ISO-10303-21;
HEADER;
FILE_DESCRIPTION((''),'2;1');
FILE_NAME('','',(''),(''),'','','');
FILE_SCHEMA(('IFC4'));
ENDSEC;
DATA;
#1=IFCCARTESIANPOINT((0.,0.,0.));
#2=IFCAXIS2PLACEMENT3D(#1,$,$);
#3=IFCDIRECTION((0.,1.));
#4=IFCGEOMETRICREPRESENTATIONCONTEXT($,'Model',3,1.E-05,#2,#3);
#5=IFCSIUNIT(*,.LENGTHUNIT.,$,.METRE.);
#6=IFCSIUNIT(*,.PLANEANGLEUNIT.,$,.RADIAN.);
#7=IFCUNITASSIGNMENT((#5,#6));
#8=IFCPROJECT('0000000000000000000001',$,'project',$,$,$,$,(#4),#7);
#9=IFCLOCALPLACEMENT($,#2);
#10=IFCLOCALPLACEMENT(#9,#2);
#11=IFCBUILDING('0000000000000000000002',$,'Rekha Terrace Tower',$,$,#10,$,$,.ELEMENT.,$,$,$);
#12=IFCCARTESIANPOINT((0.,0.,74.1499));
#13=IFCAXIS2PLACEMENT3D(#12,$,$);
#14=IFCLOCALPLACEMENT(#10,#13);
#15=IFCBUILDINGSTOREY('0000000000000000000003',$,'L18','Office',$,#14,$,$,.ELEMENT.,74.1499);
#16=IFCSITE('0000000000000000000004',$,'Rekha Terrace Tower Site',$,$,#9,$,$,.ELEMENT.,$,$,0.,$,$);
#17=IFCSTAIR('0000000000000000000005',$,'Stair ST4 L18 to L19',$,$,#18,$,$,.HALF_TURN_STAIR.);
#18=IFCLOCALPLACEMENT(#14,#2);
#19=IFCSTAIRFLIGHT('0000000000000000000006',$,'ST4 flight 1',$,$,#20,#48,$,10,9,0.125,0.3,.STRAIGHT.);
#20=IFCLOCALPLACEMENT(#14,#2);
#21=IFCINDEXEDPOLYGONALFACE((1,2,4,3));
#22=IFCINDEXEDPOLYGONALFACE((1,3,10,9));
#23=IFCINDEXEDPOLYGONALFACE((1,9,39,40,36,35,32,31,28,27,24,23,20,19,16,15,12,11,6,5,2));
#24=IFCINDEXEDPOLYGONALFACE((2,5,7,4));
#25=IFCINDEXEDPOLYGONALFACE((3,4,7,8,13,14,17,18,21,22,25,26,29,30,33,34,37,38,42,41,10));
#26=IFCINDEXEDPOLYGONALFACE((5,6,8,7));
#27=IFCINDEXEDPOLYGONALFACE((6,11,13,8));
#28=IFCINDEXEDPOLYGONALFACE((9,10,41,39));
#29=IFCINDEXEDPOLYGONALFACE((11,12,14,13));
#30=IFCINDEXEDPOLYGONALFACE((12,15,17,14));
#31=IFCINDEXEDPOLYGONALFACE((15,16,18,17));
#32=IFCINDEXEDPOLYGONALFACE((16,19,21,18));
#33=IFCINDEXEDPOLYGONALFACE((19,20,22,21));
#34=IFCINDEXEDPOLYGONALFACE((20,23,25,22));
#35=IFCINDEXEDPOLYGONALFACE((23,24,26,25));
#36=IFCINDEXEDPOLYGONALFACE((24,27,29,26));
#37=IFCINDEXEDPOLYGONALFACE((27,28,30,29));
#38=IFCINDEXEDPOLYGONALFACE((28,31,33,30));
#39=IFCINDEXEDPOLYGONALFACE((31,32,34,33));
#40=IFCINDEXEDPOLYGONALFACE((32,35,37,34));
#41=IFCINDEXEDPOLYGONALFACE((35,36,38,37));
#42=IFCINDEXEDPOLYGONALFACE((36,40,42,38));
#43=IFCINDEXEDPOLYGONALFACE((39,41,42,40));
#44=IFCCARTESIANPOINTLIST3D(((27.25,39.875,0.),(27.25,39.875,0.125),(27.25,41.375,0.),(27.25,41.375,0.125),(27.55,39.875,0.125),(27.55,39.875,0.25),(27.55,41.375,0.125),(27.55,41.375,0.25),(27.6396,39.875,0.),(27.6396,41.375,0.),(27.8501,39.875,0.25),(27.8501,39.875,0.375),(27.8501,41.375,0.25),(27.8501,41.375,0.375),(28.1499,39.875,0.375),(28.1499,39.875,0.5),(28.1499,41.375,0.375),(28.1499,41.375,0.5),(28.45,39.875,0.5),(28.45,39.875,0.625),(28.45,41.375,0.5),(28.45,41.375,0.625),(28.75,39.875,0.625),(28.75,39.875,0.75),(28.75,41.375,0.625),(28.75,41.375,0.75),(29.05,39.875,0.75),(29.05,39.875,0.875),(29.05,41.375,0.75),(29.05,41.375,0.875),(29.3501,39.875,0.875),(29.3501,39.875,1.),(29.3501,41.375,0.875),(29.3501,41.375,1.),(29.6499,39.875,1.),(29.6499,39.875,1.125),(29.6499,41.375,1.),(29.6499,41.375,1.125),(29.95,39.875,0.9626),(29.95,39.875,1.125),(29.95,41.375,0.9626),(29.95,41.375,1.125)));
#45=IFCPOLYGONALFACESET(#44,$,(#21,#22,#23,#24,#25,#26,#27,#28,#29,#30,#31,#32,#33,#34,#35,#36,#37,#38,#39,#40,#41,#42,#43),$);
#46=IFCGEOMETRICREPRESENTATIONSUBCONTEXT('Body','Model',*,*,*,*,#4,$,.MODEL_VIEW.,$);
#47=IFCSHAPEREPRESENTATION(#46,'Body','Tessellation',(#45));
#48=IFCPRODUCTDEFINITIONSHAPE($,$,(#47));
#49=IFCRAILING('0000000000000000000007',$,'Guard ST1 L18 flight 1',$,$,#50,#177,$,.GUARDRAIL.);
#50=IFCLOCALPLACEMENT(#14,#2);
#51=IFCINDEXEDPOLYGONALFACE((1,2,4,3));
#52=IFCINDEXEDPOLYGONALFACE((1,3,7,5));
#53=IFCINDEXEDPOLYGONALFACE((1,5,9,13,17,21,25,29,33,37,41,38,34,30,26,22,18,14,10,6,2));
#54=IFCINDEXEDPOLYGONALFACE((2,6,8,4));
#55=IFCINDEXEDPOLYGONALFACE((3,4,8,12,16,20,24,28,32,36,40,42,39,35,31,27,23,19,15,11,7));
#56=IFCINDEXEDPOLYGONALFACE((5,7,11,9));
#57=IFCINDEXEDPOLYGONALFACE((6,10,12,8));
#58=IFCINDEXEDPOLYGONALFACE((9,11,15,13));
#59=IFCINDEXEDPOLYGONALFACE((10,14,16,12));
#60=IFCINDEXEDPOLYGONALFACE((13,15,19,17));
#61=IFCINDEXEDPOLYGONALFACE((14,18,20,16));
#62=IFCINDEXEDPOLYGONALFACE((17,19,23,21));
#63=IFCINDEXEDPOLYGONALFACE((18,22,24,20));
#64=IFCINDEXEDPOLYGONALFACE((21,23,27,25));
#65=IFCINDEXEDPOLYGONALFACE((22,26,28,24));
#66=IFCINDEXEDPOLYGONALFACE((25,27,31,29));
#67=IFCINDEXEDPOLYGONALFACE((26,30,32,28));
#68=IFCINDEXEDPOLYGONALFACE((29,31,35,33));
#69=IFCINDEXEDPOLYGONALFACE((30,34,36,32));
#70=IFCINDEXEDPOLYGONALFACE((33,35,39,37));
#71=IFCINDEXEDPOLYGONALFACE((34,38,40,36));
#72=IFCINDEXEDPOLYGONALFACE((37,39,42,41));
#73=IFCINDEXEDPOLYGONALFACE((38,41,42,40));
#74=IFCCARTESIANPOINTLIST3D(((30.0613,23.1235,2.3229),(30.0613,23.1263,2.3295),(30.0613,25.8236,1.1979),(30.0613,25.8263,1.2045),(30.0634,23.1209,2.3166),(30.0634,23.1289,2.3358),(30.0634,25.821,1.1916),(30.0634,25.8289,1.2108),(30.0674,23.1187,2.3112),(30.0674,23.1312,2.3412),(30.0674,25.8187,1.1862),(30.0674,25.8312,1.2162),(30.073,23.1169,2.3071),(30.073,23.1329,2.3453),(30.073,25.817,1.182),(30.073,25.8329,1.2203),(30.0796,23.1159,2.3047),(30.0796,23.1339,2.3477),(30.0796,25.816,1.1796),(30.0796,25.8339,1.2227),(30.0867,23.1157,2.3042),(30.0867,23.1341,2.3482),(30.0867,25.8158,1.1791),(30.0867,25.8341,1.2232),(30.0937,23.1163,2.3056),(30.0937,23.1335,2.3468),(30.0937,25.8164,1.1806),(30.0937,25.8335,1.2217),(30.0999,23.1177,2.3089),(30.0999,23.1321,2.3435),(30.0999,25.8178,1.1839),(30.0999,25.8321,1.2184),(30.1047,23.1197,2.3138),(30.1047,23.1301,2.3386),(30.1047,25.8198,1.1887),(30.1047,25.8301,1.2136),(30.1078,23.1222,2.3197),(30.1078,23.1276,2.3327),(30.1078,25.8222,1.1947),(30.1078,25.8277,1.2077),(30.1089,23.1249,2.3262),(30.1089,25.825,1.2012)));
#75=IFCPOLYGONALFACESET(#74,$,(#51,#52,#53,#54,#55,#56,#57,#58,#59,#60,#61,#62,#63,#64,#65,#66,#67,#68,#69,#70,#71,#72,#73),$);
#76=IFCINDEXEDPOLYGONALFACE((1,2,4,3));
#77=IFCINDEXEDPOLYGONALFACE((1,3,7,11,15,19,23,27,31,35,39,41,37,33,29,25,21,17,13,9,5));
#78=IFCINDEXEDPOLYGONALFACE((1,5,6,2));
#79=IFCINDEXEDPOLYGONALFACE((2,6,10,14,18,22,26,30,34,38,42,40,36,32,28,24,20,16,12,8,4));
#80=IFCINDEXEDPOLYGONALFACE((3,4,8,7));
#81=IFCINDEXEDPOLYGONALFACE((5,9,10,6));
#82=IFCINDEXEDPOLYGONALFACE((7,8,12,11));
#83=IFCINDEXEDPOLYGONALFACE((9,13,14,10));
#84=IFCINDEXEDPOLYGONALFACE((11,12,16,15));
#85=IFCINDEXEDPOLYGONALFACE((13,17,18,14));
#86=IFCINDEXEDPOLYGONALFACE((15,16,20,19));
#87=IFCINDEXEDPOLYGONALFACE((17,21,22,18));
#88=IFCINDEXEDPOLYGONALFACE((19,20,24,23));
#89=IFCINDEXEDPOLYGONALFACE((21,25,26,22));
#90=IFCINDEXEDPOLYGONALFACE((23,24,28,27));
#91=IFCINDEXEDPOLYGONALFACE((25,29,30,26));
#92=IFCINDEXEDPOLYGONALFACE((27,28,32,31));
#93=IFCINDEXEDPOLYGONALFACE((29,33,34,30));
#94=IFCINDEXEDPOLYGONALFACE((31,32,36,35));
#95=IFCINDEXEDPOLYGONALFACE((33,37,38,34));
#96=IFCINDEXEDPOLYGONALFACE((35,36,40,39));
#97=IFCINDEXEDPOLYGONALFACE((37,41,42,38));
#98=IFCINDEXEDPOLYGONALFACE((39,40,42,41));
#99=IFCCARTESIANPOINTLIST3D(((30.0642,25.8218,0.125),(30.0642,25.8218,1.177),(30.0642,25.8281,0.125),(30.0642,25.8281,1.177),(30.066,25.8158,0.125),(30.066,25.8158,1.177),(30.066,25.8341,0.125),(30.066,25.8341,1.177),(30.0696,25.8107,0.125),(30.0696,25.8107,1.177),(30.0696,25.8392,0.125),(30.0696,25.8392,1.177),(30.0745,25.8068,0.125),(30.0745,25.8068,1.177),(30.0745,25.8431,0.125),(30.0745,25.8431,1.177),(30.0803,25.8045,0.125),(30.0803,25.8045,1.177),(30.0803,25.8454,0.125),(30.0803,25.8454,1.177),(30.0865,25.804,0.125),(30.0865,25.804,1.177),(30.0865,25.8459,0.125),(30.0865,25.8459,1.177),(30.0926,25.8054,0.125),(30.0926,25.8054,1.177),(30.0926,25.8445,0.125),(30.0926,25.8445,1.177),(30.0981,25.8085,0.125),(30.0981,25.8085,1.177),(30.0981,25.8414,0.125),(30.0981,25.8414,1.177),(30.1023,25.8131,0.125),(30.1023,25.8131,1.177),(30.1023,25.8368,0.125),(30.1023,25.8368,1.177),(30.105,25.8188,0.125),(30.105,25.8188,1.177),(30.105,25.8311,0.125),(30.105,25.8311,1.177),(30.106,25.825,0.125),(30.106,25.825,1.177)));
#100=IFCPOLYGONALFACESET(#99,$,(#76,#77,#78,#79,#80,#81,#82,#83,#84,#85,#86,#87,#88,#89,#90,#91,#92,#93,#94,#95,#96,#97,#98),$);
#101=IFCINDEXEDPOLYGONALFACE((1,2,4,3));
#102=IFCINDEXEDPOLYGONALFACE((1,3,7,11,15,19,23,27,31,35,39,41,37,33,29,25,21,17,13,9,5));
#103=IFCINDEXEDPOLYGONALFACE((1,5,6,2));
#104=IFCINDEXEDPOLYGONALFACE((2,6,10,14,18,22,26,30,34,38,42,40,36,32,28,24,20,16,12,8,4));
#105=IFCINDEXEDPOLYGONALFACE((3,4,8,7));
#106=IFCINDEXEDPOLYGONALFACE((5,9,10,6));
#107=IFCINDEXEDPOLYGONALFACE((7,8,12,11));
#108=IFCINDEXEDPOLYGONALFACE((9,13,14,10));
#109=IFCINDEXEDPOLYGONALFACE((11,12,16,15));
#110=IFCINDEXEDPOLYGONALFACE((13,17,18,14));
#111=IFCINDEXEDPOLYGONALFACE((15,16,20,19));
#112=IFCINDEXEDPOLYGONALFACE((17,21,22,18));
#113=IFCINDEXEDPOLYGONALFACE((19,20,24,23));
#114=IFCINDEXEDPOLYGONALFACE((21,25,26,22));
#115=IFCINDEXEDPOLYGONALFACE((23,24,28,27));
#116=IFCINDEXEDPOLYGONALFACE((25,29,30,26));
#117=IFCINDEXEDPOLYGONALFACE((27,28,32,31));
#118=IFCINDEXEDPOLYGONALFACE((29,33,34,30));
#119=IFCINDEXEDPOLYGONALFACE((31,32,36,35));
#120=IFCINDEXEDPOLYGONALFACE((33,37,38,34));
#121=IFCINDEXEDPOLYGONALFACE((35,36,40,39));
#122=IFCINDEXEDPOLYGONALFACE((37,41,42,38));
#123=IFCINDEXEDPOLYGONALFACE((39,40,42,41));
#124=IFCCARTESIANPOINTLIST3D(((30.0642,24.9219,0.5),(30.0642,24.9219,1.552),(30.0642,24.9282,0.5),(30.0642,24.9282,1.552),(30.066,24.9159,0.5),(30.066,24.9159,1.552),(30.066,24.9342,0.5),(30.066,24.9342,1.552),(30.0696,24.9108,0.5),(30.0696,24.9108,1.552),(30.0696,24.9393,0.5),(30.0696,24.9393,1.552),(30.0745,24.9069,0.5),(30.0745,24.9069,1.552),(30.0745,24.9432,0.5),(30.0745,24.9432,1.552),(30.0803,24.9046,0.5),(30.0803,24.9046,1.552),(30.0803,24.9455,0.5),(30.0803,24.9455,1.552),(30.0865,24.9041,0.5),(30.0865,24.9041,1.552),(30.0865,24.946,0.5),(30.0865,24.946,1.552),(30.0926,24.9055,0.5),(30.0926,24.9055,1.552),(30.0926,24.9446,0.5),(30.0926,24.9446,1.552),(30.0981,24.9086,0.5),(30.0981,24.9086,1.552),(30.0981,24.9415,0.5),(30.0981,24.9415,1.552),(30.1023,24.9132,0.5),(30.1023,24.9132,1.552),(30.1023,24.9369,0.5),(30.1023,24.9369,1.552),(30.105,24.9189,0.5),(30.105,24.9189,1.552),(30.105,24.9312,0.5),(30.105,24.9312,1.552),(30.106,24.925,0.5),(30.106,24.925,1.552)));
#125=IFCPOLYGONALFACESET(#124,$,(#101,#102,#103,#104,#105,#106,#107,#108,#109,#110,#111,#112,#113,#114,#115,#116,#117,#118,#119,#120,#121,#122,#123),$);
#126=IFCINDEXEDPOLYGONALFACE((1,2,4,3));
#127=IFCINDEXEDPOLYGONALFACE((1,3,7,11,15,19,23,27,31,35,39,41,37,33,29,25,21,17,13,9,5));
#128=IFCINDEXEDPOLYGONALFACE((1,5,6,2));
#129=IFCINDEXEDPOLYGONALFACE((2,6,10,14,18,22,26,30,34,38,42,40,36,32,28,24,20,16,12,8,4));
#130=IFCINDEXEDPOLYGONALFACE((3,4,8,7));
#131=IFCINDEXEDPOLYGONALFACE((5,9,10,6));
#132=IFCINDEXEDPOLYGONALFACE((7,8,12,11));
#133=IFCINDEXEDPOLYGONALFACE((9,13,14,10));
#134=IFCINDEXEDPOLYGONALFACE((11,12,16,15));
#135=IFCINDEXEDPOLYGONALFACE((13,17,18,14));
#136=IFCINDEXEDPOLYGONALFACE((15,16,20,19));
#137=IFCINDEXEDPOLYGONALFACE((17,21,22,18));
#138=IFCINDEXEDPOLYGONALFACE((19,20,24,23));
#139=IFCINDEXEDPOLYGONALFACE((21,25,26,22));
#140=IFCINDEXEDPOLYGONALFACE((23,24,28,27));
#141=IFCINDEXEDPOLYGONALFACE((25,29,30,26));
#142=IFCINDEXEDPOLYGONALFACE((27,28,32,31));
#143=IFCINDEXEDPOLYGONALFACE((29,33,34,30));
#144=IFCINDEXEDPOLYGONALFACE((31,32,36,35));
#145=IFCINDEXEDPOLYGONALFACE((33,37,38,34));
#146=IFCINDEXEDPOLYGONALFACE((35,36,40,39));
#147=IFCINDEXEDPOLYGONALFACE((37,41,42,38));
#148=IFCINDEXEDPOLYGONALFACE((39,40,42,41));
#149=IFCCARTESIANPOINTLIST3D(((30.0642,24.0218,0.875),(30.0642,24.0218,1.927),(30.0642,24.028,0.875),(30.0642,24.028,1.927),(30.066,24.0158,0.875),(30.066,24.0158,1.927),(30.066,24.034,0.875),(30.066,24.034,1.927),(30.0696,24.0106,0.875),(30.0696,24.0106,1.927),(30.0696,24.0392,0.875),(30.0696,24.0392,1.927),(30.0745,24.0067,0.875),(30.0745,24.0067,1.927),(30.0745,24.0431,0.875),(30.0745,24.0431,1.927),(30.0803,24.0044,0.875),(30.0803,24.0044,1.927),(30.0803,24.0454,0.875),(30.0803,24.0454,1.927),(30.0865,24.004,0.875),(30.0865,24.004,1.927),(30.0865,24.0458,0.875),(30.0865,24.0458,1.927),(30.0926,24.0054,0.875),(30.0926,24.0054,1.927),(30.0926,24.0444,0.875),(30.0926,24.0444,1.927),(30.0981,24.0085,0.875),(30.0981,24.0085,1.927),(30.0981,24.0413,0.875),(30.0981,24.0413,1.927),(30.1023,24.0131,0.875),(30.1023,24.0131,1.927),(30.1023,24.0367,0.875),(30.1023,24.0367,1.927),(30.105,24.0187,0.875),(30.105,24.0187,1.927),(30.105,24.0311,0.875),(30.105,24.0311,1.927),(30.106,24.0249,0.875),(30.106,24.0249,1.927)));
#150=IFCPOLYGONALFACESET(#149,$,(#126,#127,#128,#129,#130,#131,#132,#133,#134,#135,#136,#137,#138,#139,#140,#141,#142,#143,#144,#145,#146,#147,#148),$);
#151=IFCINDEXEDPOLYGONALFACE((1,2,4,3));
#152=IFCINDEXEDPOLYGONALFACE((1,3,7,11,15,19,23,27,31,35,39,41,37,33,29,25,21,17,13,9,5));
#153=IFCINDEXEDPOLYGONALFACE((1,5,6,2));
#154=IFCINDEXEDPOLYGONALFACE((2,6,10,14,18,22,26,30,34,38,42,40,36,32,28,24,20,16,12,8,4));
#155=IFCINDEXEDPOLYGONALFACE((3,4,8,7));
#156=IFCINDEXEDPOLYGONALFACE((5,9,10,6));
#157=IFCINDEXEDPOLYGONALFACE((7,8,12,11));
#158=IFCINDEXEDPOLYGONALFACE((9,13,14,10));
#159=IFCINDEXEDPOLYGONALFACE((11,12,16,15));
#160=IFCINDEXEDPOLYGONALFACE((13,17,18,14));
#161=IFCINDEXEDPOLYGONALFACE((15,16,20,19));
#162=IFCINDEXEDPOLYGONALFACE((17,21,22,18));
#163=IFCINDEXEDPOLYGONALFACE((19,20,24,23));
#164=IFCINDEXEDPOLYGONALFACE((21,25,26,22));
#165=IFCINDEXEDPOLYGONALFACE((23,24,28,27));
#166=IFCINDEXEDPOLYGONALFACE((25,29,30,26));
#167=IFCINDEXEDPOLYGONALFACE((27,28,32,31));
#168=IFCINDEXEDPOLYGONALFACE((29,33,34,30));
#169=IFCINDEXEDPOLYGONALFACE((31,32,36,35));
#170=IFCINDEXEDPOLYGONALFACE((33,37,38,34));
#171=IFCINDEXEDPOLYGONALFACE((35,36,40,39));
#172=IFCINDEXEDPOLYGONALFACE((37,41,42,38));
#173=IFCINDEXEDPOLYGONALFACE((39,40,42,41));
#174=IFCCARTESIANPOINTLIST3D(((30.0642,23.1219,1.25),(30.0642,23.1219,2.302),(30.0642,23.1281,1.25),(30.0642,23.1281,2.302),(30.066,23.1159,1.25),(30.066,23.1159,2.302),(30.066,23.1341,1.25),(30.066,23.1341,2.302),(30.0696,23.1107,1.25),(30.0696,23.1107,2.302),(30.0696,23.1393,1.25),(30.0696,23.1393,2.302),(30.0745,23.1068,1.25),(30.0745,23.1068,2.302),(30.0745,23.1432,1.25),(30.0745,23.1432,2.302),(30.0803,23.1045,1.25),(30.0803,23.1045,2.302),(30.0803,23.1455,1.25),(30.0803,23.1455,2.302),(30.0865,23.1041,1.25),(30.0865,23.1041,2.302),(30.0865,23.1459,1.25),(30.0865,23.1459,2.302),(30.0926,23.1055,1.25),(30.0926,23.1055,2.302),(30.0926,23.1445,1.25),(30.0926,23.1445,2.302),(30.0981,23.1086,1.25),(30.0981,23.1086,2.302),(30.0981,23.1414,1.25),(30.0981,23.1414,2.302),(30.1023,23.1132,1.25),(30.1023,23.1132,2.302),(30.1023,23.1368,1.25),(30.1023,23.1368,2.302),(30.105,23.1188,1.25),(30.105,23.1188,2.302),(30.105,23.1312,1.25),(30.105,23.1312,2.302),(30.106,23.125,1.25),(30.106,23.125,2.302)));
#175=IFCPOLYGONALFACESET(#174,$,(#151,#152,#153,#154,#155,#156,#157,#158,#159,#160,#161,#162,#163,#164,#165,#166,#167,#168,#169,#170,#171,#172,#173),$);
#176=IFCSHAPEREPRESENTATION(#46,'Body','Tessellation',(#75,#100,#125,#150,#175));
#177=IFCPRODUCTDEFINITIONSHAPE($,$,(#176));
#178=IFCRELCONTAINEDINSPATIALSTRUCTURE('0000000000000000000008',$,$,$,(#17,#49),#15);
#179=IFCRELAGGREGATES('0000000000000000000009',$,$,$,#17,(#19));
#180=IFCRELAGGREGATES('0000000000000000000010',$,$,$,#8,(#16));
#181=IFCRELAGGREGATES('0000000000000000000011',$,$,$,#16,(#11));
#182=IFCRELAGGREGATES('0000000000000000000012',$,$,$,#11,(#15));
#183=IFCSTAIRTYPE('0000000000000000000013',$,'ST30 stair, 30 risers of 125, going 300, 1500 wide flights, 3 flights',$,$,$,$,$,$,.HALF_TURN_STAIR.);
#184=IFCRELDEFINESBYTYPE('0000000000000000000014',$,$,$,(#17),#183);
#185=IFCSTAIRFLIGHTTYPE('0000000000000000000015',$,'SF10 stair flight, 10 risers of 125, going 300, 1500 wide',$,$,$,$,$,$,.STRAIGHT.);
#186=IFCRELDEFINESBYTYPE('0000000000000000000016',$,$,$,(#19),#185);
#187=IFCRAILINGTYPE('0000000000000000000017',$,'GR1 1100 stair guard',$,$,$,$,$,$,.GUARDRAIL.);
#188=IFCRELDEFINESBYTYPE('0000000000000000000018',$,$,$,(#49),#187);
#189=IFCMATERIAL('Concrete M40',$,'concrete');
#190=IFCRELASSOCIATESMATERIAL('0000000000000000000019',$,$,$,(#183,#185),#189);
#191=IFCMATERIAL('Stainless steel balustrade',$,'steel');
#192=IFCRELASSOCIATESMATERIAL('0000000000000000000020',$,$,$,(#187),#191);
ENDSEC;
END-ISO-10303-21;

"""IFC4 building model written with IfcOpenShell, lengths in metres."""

from ifc_helpers import new_model, si_unit, direction, frame, origin, origin_2d, place, context, subcontext, project, spatial, polyline, circle, outline, extrude, material, type_object, element, aggregate, save


model = new_model("IFC4")

# Units and contexts
model_context = context("Model", 3, precision=1e-05, world=origin(), true_north=direction((0.0, 1.0)))
body_context = subcontext(model_context, "Body", "Model", "MODEL_VIEW")
ifc_project = project(units=[si_unit("LENGTHUNIT", "METRE"), si_unit("PLANEANGLEUNIT", "RADIAN")], contexts=[model_context])

# Site, building, storey
site_placement = place(None, origin())
site = spatial("IfcSite", under=ifc_project, at=site_placement, Name="Rekha Terrace Tower Site", CompositionType="ELEMENT", RefElevation=0.0)
building_placement = place(site_placement, origin())
building = spatial("IfcBuilding", under=site, at=building_placement, Name="Rekha Terrace Tower", CompositionType="ELEMENT")
storey_placement = place(building_placement, frame((0.0, 0.0, 74.1499)))
storey = spatial("IfcBuildingStorey", under=building, at=storey_placement, Name="L18", Description="Office", CompositionType="ELEMENT", Elevation=74.1499)

# Stair, stair flight
ifc_material_1 = material(Name="Concrete M40", Category="concrete")
stair_type = type_object("IfcStairType", Name="ST30 stair, 30 risers of 125, going 300, 1500 wide flights, 3 flights", PredefinedType="HALF_TURN_STAIR", material=ifc_material_1)
stair_flight_type = type_object("IfcStairFlightType", Name="SF10 stair flight, 10 risers of 125, going 300, 1500 wide", PredefinedType="STRAIGHT", material=ifc_material_1)
stair_1_placement = place(storey_placement, origin())
stair_1 = element("IfcStair", 1, at=stair_1_placement, inside=storey, type_object=stair_type, Name="Stair ST4 L18 to L19", PredefinedType="HALF_TURN_STAIR")
stair_flight_1_placement = place(storey_placement, frame((27.25, 40.625, 0.0), z_axis=(0.0, 0.0, 1.0), x_axis=(1.0, 0.0, 0.0)))
stair_flight_1 = element("IfcStairFlight", 2, at=stair_flight_1_placement, type_object=stair_flight_type, Name="ST4 flight 1", NumberOfRisers=10, NumberOfTreads=9, PredefinedType="STRAIGHT", RiserHeight=0.125, TreadLength=0.3, context=body_context, shape_type="SweptSolid", body=[
    extrude(outline(polyline([(0.0, 0.0), (0.0, 0.125), (0.3, 0.125), (0.3, 0.25), (0.6001, 0.25), (0.6001, 0.375), (0.8999, 0.375), (0.8999, 0.5), (1.2, 0.5), (1.2, 0.625), (1.5, 0.625), (1.5, 0.75), (1.8, 0.75), (1.8, 0.875), (2.1001, 0.875), (2.1001, 1.0), (2.3999, 1.0), (2.3999, 1.125), (2.7, 1.125), (2.7, 1.25), (2.7, 0.9626), (0.3896, 0.0), (0.0, 0.0)])), frame((0.0, 0.75, 0.0), z_axis=(0.0, -1.0, 0.0), x_axis=(1.0, 0.0, 0.0)), (0.0, 0.0, 1.0), 1.5),
])
aggregate(stair_1, [stair_flight_1])

# Railing
ifc_material_2 = material(Name="Stainless steel balustrade", Category="steel")
railing_type_1 = type_object("IfcRailingType", Name="GR1 1100 stair guard", PredefinedType="GUARDRAIL", material=ifc_material_2)
railing_1_placement = place(storey_placement, frame((30.085, 25.825, 0.125)))
element("IfcRailing", 3, at=railing_1_placement, inside=storey, type_object=railing_type_1, Name="Guard ST1 L18 flight 1", PredefinedType="GUARDRAIL", context=body_context, shape_type="SweptSolid", body=[
    extrude(circle(Radius=0.0239, at=origin_2d()), frame((0.0, 0.0, 1.0762), z_axis=(0.0, -0.923074, 0.384621), x_axis=(1.0, 0.0, 0.0)), (0.0, 0.0, 1.0), 2.925),
    extrude(circle(Radius=0.021, at=origin_2d()), origin(), (0.0, 0.0, 1.0), 1.052),
    extrude(circle(Radius=0.021, at=origin_2d()), frame((0.0, -0.8999, 0.375)), (0.0, 0.0, 1.0), 1.052),
    extrude(circle(Radius=0.021, at=origin_2d()), frame((0.0, -1.8, 0.75)), (0.0, 0.0, 1.0), 1.052),
    extrude(circle(Radius=0.021, at=origin_2d()), frame((0.0, -2.7, 1.125)), (0.0, 0.0, 1.0), 1.052),
])

save(model, "model.ifc")
